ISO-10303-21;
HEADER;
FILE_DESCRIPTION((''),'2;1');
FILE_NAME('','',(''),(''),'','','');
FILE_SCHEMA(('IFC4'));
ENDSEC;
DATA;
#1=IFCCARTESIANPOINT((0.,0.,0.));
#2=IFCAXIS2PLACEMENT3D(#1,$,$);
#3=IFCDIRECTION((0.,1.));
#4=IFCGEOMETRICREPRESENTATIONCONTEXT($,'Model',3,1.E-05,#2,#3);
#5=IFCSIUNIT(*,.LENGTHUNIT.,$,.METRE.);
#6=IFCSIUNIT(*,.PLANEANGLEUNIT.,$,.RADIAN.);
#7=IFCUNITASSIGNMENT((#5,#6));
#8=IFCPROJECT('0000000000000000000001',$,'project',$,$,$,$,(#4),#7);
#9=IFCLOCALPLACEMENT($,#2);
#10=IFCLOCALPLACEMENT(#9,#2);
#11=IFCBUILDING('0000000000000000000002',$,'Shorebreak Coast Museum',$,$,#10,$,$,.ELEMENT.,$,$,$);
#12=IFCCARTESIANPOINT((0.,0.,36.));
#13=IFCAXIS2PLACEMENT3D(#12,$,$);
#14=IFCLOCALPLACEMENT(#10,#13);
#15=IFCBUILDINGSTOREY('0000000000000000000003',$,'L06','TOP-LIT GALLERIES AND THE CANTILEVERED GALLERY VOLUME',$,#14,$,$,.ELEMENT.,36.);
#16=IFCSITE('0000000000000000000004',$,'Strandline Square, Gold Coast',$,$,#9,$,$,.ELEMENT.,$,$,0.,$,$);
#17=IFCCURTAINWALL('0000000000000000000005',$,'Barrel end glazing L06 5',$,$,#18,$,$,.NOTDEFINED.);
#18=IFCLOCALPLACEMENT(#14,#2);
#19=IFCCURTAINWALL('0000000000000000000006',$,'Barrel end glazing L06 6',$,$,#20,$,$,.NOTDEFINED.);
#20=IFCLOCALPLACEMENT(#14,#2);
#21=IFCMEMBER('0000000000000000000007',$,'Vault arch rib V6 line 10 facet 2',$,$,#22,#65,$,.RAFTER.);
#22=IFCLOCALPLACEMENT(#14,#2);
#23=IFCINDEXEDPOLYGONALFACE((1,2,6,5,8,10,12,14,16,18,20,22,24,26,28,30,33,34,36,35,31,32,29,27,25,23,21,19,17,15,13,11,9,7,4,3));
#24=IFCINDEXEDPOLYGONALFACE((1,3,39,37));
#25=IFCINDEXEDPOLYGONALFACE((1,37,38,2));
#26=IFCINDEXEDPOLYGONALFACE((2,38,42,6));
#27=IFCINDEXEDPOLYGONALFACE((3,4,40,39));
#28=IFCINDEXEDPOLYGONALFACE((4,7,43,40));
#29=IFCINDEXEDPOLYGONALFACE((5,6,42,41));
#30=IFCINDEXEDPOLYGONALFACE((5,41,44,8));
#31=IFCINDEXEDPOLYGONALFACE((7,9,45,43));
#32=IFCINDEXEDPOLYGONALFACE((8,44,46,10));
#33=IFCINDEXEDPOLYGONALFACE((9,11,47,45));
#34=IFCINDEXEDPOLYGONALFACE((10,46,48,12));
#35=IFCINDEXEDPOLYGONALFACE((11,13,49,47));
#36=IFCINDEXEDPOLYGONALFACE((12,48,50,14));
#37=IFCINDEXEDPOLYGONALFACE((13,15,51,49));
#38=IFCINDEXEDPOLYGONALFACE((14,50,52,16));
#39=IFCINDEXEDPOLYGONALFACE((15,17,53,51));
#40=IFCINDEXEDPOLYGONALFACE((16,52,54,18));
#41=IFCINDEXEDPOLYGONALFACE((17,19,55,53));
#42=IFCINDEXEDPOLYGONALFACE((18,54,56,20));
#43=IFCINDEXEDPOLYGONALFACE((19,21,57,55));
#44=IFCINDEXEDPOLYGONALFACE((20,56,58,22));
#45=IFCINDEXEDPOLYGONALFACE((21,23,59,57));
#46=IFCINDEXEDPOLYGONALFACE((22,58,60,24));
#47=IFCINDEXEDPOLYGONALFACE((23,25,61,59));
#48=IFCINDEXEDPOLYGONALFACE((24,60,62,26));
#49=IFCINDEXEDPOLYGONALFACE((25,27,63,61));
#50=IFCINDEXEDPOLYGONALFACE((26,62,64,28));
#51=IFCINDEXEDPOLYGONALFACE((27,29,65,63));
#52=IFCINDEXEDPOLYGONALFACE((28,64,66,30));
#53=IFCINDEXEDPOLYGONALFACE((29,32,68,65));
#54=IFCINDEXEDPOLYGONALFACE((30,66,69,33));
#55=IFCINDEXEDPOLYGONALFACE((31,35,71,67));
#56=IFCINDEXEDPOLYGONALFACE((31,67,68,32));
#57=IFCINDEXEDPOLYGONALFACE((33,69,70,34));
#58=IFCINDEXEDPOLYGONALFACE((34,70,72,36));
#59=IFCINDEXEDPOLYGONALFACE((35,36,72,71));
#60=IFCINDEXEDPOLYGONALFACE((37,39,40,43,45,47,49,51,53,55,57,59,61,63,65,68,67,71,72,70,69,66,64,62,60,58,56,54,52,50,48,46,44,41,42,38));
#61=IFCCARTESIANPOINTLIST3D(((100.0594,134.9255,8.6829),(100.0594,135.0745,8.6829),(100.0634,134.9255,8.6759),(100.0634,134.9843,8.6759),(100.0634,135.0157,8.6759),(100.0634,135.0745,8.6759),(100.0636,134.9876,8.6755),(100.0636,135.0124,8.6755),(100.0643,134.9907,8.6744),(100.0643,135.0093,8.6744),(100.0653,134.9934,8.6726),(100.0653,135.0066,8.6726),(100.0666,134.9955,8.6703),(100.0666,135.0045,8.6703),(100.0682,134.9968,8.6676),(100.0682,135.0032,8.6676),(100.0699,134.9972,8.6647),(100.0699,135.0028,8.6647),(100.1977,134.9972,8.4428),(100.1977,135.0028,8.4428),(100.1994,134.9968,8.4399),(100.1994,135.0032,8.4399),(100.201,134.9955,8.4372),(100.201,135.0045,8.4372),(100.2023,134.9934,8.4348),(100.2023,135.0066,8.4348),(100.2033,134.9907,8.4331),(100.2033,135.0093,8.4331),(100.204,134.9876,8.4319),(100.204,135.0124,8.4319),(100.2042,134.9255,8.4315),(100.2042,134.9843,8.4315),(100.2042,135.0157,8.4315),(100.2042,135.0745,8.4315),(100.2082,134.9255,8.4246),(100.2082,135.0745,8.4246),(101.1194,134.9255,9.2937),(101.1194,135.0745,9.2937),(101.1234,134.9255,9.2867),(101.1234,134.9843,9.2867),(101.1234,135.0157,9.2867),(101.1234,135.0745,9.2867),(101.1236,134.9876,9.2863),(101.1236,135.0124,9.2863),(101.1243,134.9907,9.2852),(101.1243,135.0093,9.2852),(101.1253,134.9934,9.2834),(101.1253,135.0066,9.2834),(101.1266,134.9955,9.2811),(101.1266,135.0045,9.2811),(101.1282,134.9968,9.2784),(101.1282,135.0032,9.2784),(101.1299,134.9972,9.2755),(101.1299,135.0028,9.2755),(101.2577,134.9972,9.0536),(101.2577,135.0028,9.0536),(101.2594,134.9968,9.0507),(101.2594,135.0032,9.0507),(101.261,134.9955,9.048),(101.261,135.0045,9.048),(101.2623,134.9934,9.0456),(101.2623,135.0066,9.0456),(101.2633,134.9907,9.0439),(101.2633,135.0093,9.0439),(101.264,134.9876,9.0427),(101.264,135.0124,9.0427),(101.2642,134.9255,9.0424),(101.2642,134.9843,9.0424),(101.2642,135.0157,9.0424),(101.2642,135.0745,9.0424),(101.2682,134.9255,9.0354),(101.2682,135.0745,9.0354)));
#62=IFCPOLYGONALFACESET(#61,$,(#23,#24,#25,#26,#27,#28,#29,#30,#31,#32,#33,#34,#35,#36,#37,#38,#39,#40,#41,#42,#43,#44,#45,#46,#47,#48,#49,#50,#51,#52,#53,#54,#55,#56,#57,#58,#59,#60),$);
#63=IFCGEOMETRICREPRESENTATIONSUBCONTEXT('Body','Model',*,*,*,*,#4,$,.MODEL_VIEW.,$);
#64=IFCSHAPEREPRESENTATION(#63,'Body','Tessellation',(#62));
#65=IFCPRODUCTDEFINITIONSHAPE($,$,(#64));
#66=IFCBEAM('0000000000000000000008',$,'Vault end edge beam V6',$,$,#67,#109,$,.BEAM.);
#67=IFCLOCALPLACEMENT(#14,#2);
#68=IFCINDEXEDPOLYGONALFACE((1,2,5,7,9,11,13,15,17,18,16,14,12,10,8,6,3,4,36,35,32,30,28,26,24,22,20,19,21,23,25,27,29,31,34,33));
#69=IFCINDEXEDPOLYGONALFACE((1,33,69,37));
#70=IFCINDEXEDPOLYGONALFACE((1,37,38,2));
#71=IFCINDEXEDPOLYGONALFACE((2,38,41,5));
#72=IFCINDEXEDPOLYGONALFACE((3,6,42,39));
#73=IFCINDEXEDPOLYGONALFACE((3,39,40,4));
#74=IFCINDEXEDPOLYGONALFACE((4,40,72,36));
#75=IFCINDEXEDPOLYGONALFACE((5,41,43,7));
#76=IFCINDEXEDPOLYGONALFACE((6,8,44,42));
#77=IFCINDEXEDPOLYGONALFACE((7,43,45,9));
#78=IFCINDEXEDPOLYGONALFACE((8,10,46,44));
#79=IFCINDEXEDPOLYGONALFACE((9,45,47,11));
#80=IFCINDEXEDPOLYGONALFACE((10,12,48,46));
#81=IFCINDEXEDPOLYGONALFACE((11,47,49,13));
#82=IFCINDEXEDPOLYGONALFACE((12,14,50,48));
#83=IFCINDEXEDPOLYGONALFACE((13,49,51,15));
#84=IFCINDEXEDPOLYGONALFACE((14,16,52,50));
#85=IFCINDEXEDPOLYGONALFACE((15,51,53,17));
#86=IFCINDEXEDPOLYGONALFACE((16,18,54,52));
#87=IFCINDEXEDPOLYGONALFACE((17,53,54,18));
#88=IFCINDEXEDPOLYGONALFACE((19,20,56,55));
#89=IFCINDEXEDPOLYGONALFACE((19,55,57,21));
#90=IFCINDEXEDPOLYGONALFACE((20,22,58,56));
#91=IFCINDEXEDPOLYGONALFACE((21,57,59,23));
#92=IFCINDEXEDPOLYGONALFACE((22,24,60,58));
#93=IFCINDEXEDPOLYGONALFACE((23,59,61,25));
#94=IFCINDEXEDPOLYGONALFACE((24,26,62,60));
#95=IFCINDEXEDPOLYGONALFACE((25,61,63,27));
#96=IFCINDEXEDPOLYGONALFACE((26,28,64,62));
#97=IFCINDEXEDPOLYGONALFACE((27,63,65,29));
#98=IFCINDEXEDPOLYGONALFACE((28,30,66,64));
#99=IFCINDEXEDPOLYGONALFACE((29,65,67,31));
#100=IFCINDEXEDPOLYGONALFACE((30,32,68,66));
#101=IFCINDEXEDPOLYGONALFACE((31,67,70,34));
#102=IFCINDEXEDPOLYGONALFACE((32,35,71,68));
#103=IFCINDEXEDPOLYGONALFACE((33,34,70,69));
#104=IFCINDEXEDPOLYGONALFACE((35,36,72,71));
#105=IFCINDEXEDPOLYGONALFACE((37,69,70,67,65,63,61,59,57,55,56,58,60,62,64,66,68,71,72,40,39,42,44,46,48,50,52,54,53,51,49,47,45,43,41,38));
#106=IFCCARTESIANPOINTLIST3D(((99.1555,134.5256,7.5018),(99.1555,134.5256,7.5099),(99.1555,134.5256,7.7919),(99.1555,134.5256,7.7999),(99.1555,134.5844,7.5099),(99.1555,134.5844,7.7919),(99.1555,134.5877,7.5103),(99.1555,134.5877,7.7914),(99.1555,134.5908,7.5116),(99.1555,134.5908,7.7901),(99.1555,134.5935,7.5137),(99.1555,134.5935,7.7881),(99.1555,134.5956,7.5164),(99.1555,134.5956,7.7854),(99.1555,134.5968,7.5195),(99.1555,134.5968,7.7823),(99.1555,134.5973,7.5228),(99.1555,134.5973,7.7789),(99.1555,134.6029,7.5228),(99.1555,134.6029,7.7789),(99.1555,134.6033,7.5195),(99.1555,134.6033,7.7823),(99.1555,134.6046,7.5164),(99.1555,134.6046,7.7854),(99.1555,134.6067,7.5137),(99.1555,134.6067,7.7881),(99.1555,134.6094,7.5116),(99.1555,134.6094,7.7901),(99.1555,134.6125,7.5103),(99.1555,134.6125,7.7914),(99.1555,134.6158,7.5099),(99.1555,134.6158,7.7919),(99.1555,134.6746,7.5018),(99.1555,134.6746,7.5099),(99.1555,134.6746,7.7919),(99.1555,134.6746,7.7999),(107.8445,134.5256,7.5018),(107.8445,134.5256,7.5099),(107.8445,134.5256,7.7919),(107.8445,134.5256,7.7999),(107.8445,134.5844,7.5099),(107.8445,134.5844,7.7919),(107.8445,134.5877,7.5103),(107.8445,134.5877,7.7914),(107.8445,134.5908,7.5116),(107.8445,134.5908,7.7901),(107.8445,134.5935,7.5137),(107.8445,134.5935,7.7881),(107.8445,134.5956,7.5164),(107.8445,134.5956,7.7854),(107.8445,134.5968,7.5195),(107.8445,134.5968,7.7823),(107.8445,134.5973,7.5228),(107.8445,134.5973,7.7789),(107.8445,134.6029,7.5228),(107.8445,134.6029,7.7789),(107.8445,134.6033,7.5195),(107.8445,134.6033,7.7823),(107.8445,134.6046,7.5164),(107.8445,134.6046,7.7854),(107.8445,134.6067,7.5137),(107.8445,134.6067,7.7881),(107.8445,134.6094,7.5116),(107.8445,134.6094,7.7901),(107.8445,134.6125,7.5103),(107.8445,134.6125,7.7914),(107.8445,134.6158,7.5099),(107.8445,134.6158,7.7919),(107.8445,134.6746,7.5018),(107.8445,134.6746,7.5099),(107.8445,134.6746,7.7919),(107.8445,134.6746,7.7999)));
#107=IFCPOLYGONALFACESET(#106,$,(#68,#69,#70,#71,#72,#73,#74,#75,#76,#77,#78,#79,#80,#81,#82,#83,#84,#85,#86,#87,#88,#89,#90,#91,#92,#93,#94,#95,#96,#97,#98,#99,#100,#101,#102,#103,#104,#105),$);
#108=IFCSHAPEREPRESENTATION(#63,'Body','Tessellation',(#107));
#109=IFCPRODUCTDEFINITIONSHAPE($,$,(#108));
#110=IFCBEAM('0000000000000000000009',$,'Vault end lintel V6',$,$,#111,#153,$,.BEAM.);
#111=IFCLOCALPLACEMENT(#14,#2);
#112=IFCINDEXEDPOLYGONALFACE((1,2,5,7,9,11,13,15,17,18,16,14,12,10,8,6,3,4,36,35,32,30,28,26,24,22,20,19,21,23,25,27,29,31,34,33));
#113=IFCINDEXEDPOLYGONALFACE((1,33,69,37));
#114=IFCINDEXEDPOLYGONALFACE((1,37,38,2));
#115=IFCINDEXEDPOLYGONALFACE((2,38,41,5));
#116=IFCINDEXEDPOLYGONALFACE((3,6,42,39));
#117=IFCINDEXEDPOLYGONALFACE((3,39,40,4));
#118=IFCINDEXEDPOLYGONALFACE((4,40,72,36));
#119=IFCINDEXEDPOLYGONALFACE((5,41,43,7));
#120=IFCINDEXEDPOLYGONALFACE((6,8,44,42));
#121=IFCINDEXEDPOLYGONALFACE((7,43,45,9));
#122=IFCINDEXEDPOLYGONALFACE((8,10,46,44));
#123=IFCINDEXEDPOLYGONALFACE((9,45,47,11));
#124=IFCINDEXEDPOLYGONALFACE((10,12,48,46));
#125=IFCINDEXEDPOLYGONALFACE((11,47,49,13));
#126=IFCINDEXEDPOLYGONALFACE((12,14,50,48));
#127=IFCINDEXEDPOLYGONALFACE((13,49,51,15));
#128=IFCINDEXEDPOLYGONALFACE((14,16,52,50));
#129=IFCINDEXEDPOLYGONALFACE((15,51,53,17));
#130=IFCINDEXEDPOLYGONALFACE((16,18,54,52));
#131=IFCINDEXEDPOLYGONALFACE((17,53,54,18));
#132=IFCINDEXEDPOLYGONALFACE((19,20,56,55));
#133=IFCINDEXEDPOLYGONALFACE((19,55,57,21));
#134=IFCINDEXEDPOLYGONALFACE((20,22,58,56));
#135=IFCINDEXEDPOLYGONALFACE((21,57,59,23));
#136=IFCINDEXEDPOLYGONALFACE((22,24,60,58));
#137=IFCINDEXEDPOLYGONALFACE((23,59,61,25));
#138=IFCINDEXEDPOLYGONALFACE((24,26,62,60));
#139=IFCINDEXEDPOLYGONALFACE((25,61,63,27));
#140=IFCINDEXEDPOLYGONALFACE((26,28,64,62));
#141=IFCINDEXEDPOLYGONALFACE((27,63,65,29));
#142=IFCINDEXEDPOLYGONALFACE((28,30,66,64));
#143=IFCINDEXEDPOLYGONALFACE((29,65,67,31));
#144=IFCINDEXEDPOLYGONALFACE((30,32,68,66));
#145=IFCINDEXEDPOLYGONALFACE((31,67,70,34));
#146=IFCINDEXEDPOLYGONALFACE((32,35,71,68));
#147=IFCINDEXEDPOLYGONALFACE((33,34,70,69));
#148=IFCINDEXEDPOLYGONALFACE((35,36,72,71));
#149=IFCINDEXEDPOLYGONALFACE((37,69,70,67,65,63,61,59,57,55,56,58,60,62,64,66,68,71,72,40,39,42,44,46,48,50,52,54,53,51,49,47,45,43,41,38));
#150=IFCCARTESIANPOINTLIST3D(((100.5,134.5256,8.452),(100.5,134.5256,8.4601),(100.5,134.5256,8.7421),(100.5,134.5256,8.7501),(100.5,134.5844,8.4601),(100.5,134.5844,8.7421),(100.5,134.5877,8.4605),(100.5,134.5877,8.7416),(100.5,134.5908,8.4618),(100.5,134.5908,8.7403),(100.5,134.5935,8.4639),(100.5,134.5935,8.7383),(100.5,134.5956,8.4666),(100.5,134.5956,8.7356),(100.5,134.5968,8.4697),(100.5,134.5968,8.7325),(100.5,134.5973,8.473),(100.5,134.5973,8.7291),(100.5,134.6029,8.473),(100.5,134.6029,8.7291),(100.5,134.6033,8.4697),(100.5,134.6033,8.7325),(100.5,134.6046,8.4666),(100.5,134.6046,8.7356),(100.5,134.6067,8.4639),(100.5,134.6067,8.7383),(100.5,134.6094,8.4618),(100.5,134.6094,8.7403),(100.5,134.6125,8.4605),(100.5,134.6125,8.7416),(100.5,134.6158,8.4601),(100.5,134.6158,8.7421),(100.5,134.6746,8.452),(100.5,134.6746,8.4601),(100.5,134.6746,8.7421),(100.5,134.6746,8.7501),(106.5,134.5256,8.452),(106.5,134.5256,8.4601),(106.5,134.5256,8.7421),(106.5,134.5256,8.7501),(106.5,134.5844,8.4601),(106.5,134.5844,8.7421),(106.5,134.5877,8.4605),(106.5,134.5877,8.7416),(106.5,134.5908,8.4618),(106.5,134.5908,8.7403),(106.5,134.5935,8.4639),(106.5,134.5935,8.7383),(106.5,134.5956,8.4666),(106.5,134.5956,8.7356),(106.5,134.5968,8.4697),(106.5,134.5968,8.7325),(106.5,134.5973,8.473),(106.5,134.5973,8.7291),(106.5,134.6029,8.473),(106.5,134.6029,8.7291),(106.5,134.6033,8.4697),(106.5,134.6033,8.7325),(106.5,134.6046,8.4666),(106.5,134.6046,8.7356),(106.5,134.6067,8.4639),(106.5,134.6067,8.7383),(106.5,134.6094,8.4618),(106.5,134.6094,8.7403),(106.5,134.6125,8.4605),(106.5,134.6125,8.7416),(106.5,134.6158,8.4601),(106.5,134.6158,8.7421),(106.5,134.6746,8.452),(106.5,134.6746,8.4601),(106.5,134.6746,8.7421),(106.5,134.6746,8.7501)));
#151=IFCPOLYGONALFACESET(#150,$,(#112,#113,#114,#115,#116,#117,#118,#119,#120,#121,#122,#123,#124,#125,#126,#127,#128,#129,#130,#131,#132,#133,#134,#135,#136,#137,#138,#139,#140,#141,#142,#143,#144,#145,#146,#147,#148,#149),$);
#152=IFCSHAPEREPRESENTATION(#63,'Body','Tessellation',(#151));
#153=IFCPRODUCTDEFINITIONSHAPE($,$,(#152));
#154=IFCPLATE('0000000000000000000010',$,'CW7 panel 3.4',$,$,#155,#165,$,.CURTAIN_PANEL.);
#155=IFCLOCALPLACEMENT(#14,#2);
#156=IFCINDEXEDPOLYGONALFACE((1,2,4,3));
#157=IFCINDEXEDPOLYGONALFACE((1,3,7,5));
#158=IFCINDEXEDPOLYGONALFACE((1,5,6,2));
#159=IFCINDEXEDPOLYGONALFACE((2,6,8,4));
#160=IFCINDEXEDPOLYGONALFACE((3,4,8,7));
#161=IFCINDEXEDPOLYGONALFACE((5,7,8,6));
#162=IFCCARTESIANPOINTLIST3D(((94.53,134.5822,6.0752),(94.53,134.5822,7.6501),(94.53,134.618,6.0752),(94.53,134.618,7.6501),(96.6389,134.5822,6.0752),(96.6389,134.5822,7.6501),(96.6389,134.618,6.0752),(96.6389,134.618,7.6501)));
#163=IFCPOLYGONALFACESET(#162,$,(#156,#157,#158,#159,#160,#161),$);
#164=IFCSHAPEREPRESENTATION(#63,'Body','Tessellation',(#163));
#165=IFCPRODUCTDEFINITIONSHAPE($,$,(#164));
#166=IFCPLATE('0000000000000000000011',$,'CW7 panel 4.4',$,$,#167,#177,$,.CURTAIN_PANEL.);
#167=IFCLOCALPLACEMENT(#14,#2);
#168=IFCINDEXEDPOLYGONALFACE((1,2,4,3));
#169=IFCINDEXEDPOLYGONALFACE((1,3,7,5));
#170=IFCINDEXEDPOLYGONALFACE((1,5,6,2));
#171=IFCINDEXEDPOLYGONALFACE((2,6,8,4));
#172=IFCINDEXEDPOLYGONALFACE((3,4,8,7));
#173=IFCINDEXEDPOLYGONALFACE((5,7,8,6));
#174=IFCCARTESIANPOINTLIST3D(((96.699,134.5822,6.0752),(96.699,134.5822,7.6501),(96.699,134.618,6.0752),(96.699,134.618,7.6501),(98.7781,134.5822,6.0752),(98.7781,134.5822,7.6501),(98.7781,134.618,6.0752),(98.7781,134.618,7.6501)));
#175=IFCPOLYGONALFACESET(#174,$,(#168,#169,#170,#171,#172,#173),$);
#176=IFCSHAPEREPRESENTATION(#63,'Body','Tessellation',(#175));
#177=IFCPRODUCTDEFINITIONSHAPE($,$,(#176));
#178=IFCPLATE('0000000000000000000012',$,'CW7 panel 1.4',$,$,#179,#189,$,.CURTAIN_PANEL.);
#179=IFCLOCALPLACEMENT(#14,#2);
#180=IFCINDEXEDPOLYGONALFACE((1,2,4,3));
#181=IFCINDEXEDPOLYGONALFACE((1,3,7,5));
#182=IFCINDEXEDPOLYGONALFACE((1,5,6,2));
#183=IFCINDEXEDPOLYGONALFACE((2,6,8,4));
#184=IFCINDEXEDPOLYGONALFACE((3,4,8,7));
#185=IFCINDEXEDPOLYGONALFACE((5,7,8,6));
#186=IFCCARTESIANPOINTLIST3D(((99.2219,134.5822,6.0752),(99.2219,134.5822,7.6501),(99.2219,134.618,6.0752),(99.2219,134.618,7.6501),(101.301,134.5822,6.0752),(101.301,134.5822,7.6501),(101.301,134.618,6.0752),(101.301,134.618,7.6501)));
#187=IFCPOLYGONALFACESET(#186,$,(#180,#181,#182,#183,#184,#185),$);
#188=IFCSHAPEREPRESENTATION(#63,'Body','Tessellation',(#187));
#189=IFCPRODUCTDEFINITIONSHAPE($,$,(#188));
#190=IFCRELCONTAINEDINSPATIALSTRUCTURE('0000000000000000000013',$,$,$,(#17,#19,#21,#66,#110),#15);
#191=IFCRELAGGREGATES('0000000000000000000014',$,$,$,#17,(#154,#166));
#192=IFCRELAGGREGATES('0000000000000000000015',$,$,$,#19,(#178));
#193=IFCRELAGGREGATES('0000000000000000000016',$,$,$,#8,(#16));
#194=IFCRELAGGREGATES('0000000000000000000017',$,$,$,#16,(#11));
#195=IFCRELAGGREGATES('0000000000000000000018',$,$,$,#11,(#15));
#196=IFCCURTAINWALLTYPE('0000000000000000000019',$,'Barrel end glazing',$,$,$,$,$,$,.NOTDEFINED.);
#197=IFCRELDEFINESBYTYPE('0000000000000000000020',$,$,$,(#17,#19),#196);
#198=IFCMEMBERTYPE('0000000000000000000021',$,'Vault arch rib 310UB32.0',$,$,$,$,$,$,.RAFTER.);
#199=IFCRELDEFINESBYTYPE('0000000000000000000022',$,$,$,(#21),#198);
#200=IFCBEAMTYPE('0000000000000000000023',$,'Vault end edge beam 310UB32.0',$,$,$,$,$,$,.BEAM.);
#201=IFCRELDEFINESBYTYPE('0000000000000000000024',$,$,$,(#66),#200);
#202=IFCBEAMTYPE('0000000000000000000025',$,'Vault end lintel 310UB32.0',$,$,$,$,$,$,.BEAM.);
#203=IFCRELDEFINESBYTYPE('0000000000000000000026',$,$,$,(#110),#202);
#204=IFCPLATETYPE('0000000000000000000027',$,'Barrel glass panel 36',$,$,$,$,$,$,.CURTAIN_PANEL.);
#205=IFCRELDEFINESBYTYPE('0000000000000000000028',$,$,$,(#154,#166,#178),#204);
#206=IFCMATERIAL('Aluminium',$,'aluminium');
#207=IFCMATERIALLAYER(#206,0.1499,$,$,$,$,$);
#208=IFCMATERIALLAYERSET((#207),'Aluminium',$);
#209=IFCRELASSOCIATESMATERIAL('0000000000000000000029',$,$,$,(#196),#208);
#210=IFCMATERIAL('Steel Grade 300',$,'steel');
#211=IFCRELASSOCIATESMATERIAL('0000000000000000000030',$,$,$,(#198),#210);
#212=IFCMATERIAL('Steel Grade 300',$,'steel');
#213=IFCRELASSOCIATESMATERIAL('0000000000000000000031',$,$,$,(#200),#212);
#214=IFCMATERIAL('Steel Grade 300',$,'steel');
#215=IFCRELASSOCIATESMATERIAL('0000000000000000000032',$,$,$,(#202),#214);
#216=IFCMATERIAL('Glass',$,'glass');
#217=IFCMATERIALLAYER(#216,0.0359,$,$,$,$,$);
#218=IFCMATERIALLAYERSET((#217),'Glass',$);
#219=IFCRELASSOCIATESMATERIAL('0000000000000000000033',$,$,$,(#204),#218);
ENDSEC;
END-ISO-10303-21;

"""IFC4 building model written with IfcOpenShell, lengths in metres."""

from ifc_helpers import new_model, si_unit, direction, frame, origin, origin_2d, place, context, subcontext, project, spatial, rectangle, i_section, extrude, material, layer, layer_set, material_profile, profile_set, type_object, element, aggregate, save


model = new_model("IFC4")

# Units and contexts
model_context = context("Model", 3, precision=1e-05, world=origin(), true_north=direction((0.0, 1.0)))
body_context = subcontext(model_context, "Body", "Model", "MODEL_VIEW")
ifc_project = project(units=[si_unit("LENGTHUNIT", "METRE"), si_unit("PLANEANGLEUNIT", "RADIAN")], contexts=[model_context])

# Site, building, storey
site_placement = place(None, origin())
site = spatial("IfcSite", under=ifc_project, at=site_placement, Name="Strandline Square, Gold Coast", CompositionType="ELEMENT", RefElevation=0.0)
building_placement = place(site_placement, origin())
building = spatial("IfcBuilding", under=site, at=building_placement, Name="Shorebreak Coast Museum", CompositionType="ELEMENT")
storey_placement = place(building_placement, frame((0.0, 0.0, 36.0)))
storey = spatial("IfcBuildingStorey", under=building, at=storey_placement, Name="L06", Description="TOP-LIT GALLERIES AND THE CANTILEVERED GALLERY VOLUME", CompositionType="ELEMENT", Elevation=36.0)

# Curtain walls
ifc_material_1 = material(Name="Aluminium", Category="aluminium")
ifc_layer_1 = layer(ifc_material_1, 0.1499)
ifc_layer_set_1 = layer_set([ifc_layer_1], Name="Aluminium")
curtain_wall_type_1 = type_object("IfcCurtainWallType", Name="Barrel end glazing", PredefinedType="NOTDEFINED", material=ifc_layer_set_1)
curtain_wall_1_placement = place(storey_placement, origin())
curtain_wall_1 = element("IfcCurtainWall", 1, at=curtain_wall_1_placement, inside=storey, type_object=curtain_wall_type_1, Name="Barrel end glazing L06 5", PredefinedType="NOTDEFINED")
curtain_wall_2_placement = place(storey_placement, origin())
curtain_wall_2 = element("IfcCurtainWall", 2, at=curtain_wall_2_placement, inside=storey, type_object=curtain_wall_type_1, Name="Barrel end glazing L06 6", PredefinedType="NOTDEFINED")

# Member
ifc_material_2 = material(Name="Steel Grade 300", Category="steel")
ifc_material_profile_1 = material_profile(ifc_material_2, i_section(OverallWidth=0.1489, OverallDepth=0.2981, WebThickness=0.0056, FlangeThickness=0.0081, FilletRadius=0.0129, at=origin_2d()), Name="310UB32.0")
ifc_profile_set_1 = profile_set([ifc_material_profile_1], Name="Steel Grade 300")
member_type_1 = type_object("IfcMemberType", Name="Vault arch rib 310UB32.0", PredefinedType="RAFTER", material=ifc_profile_set_1)
member_1_placement = place(storey_placement, frame((100.1338, 135.0, 8.5537), z_axis=(0.866445, 0.0, 0.499273), x_axis=(0.0, 1.0, 0.0)))
element("IfcMember", 3, at=member_1_placement, inside=storey, type_object=member_type_1, Name="Vault arch rib V6 line 10 facet 2", PredefinedType="RAFTER", context=body_context, shape_type="SweptSolid", body=[
    extrude(i_section(OverallWidth=0.1489, OverallDepth=0.2981, WebThickness=0.0056, FlangeThickness=0.0081, FilletRadius=0.0129, at=origin_2d()), origin(), (0.0, 0.0, 1.0), 1.2234),
])

# Beams
ifc_material_3 = material(Name="Steel Grade 300", Category="steel")
ifc_material_profile_2 = material_profile(ifc_material_3, i_section(OverallWidth=0.1489, OverallDepth=0.2981, WebThickness=0.0056, FlangeThickness=0.0081, FilletRadius=0.0129, at=origin_2d()), Name="310UB32.0")
ifc_profile_set_2 = profile_set([ifc_material_profile_2], Name="Steel Grade 300")
beam_type_1 = type_object("IfcBeamType", Name="Vault end edge beam 310UB32.0", PredefinedType="BEAM", material=ifc_profile_set_2)
beam_1_placement = place(storey_placement, frame((99.1555, 134.6001, 7.6509), z_axis=(1.0, 0.0, 0.0), x_axis=(0.0, 1.0, 0.0)))
element("IfcBeam", 4, at=beam_1_placement, inside=storey, type_object=beam_type_1, Name="Vault end edge beam V6", PredefinedType="BEAM", context=body_context, shape_type="SweptSolid", body=[
    extrude(i_section(OverallWidth=0.1489, OverallDepth=0.2981, WebThickness=0.0056, FlangeThickness=0.0081, FilletRadius=0.0129, at=origin_2d()), origin(), (0.0, 0.0, 1.0), 8.689),
])
ifc_material_4 = material(Name="Steel Grade 300", Category="steel")
ifc_material_profile_3 = material_profile(ifc_material_4, i_section(OverallWidth=0.1489, OverallDepth=0.2981, WebThickness=0.0056, FlangeThickness=0.0081, FilletRadius=0.0129, at=origin_2d()), Name="310UB32.0")
ifc_profile_set_3 = profile_set([ifc_material_profile_3], Name="Steel Grade 300")
beam_type_2 = type_object("IfcBeamType", Name="Vault end lintel 310UB32.0", PredefinedType="BEAM", material=ifc_profile_set_3)
beam_2_placement = place(storey_placement, frame((100.5, 134.6001, 8.6011), z_axis=(1.0, 0.0, 0.0), x_axis=(0.0, 1.0, 0.0)))
element("IfcBeam", 5, at=beam_2_placement, inside=storey, type_object=beam_type_2, Name="Vault end lintel V6", PredefinedType="BEAM", context=body_context, shape_type="SweptSolid", body=[
    extrude(i_section(OverallWidth=0.1489, OverallDepth=0.2981, WebThickness=0.0056, FlangeThickness=0.0081, FilletRadius=0.0129, at=origin_2d()), origin(), (0.0, 0.0, 1.0), 6.0),
])

# Plates
ifc_material_5 = material(Name="Glass", Category="glass")
ifc_layer_2 = layer(ifc_material_5, 0.0359)
ifc_layer_set_2 = layer_set([ifc_layer_2], Name="Glass")
plate_type_1 = type_object("IfcPlateType", Name="Barrel glass panel 36", PredefinedType="CURTAIN_PANEL", material=ifc_layer_set_2)
plate_1_placement = place(storey_placement, frame((95.5845, 134.6001, 6.0752), z_axis=(0.0, 0.0, 1.0), x_axis=(1.0, 0.0, 0.0)))
plate_1 = element("IfcPlate", 6, at=plate_1_placement, type_object=plate_type_1, Name="CW7 panel 3.4", PredefinedType="CURTAIN_PANEL", context=body_context, shape_type="SweptSolid", body=[
    extrude(rectangle(XDim=2.1089, YDim=0.0359, at=origin_2d()), origin(), (0.0, 0.0, 1.0), 1.575),
])
plate_2_placement = place(storey_placement, frame((97.7385, 134.6001, 6.0752), z_axis=(0.0, 0.0, 1.0), x_axis=(1.0, 0.0, 0.0)))
plate_2 = element("IfcPlate", 7, at=plate_2_placement, type_object=plate_type_1, Name="CW7 panel 4.4", PredefinedType="CURTAIN_PANEL", context=body_context, shape_type="SweptSolid", body=[
    extrude(rectangle(XDim=2.0791, YDim=0.0359, at=origin_2d()), origin(), (0.0, 0.0, 1.0), 1.575),
])
aggregate(curtain_wall_1, [plate_1, plate_2])
plate_3_placement = place(storey_placement, frame((100.2615, 134.6001, 6.0752), z_axis=(0.0, 0.0, 1.0), x_axis=(1.0, 0.0, 0.0)))
plate_3 = element("IfcPlate", 8, at=plate_3_placement, type_object=plate_type_1, Name="CW7 panel 1.4", PredefinedType="CURTAIN_PANEL", context=body_context, shape_type="SweptSolid", body=[
    extrude(rectangle(XDim=2.0791, YDim=0.0359, at=origin_2d()), origin(), (0.0, 0.0, 1.0), 1.575),
])
aggregate(curtain_wall_2, [plate_3])

save(model, "model.ifc")
